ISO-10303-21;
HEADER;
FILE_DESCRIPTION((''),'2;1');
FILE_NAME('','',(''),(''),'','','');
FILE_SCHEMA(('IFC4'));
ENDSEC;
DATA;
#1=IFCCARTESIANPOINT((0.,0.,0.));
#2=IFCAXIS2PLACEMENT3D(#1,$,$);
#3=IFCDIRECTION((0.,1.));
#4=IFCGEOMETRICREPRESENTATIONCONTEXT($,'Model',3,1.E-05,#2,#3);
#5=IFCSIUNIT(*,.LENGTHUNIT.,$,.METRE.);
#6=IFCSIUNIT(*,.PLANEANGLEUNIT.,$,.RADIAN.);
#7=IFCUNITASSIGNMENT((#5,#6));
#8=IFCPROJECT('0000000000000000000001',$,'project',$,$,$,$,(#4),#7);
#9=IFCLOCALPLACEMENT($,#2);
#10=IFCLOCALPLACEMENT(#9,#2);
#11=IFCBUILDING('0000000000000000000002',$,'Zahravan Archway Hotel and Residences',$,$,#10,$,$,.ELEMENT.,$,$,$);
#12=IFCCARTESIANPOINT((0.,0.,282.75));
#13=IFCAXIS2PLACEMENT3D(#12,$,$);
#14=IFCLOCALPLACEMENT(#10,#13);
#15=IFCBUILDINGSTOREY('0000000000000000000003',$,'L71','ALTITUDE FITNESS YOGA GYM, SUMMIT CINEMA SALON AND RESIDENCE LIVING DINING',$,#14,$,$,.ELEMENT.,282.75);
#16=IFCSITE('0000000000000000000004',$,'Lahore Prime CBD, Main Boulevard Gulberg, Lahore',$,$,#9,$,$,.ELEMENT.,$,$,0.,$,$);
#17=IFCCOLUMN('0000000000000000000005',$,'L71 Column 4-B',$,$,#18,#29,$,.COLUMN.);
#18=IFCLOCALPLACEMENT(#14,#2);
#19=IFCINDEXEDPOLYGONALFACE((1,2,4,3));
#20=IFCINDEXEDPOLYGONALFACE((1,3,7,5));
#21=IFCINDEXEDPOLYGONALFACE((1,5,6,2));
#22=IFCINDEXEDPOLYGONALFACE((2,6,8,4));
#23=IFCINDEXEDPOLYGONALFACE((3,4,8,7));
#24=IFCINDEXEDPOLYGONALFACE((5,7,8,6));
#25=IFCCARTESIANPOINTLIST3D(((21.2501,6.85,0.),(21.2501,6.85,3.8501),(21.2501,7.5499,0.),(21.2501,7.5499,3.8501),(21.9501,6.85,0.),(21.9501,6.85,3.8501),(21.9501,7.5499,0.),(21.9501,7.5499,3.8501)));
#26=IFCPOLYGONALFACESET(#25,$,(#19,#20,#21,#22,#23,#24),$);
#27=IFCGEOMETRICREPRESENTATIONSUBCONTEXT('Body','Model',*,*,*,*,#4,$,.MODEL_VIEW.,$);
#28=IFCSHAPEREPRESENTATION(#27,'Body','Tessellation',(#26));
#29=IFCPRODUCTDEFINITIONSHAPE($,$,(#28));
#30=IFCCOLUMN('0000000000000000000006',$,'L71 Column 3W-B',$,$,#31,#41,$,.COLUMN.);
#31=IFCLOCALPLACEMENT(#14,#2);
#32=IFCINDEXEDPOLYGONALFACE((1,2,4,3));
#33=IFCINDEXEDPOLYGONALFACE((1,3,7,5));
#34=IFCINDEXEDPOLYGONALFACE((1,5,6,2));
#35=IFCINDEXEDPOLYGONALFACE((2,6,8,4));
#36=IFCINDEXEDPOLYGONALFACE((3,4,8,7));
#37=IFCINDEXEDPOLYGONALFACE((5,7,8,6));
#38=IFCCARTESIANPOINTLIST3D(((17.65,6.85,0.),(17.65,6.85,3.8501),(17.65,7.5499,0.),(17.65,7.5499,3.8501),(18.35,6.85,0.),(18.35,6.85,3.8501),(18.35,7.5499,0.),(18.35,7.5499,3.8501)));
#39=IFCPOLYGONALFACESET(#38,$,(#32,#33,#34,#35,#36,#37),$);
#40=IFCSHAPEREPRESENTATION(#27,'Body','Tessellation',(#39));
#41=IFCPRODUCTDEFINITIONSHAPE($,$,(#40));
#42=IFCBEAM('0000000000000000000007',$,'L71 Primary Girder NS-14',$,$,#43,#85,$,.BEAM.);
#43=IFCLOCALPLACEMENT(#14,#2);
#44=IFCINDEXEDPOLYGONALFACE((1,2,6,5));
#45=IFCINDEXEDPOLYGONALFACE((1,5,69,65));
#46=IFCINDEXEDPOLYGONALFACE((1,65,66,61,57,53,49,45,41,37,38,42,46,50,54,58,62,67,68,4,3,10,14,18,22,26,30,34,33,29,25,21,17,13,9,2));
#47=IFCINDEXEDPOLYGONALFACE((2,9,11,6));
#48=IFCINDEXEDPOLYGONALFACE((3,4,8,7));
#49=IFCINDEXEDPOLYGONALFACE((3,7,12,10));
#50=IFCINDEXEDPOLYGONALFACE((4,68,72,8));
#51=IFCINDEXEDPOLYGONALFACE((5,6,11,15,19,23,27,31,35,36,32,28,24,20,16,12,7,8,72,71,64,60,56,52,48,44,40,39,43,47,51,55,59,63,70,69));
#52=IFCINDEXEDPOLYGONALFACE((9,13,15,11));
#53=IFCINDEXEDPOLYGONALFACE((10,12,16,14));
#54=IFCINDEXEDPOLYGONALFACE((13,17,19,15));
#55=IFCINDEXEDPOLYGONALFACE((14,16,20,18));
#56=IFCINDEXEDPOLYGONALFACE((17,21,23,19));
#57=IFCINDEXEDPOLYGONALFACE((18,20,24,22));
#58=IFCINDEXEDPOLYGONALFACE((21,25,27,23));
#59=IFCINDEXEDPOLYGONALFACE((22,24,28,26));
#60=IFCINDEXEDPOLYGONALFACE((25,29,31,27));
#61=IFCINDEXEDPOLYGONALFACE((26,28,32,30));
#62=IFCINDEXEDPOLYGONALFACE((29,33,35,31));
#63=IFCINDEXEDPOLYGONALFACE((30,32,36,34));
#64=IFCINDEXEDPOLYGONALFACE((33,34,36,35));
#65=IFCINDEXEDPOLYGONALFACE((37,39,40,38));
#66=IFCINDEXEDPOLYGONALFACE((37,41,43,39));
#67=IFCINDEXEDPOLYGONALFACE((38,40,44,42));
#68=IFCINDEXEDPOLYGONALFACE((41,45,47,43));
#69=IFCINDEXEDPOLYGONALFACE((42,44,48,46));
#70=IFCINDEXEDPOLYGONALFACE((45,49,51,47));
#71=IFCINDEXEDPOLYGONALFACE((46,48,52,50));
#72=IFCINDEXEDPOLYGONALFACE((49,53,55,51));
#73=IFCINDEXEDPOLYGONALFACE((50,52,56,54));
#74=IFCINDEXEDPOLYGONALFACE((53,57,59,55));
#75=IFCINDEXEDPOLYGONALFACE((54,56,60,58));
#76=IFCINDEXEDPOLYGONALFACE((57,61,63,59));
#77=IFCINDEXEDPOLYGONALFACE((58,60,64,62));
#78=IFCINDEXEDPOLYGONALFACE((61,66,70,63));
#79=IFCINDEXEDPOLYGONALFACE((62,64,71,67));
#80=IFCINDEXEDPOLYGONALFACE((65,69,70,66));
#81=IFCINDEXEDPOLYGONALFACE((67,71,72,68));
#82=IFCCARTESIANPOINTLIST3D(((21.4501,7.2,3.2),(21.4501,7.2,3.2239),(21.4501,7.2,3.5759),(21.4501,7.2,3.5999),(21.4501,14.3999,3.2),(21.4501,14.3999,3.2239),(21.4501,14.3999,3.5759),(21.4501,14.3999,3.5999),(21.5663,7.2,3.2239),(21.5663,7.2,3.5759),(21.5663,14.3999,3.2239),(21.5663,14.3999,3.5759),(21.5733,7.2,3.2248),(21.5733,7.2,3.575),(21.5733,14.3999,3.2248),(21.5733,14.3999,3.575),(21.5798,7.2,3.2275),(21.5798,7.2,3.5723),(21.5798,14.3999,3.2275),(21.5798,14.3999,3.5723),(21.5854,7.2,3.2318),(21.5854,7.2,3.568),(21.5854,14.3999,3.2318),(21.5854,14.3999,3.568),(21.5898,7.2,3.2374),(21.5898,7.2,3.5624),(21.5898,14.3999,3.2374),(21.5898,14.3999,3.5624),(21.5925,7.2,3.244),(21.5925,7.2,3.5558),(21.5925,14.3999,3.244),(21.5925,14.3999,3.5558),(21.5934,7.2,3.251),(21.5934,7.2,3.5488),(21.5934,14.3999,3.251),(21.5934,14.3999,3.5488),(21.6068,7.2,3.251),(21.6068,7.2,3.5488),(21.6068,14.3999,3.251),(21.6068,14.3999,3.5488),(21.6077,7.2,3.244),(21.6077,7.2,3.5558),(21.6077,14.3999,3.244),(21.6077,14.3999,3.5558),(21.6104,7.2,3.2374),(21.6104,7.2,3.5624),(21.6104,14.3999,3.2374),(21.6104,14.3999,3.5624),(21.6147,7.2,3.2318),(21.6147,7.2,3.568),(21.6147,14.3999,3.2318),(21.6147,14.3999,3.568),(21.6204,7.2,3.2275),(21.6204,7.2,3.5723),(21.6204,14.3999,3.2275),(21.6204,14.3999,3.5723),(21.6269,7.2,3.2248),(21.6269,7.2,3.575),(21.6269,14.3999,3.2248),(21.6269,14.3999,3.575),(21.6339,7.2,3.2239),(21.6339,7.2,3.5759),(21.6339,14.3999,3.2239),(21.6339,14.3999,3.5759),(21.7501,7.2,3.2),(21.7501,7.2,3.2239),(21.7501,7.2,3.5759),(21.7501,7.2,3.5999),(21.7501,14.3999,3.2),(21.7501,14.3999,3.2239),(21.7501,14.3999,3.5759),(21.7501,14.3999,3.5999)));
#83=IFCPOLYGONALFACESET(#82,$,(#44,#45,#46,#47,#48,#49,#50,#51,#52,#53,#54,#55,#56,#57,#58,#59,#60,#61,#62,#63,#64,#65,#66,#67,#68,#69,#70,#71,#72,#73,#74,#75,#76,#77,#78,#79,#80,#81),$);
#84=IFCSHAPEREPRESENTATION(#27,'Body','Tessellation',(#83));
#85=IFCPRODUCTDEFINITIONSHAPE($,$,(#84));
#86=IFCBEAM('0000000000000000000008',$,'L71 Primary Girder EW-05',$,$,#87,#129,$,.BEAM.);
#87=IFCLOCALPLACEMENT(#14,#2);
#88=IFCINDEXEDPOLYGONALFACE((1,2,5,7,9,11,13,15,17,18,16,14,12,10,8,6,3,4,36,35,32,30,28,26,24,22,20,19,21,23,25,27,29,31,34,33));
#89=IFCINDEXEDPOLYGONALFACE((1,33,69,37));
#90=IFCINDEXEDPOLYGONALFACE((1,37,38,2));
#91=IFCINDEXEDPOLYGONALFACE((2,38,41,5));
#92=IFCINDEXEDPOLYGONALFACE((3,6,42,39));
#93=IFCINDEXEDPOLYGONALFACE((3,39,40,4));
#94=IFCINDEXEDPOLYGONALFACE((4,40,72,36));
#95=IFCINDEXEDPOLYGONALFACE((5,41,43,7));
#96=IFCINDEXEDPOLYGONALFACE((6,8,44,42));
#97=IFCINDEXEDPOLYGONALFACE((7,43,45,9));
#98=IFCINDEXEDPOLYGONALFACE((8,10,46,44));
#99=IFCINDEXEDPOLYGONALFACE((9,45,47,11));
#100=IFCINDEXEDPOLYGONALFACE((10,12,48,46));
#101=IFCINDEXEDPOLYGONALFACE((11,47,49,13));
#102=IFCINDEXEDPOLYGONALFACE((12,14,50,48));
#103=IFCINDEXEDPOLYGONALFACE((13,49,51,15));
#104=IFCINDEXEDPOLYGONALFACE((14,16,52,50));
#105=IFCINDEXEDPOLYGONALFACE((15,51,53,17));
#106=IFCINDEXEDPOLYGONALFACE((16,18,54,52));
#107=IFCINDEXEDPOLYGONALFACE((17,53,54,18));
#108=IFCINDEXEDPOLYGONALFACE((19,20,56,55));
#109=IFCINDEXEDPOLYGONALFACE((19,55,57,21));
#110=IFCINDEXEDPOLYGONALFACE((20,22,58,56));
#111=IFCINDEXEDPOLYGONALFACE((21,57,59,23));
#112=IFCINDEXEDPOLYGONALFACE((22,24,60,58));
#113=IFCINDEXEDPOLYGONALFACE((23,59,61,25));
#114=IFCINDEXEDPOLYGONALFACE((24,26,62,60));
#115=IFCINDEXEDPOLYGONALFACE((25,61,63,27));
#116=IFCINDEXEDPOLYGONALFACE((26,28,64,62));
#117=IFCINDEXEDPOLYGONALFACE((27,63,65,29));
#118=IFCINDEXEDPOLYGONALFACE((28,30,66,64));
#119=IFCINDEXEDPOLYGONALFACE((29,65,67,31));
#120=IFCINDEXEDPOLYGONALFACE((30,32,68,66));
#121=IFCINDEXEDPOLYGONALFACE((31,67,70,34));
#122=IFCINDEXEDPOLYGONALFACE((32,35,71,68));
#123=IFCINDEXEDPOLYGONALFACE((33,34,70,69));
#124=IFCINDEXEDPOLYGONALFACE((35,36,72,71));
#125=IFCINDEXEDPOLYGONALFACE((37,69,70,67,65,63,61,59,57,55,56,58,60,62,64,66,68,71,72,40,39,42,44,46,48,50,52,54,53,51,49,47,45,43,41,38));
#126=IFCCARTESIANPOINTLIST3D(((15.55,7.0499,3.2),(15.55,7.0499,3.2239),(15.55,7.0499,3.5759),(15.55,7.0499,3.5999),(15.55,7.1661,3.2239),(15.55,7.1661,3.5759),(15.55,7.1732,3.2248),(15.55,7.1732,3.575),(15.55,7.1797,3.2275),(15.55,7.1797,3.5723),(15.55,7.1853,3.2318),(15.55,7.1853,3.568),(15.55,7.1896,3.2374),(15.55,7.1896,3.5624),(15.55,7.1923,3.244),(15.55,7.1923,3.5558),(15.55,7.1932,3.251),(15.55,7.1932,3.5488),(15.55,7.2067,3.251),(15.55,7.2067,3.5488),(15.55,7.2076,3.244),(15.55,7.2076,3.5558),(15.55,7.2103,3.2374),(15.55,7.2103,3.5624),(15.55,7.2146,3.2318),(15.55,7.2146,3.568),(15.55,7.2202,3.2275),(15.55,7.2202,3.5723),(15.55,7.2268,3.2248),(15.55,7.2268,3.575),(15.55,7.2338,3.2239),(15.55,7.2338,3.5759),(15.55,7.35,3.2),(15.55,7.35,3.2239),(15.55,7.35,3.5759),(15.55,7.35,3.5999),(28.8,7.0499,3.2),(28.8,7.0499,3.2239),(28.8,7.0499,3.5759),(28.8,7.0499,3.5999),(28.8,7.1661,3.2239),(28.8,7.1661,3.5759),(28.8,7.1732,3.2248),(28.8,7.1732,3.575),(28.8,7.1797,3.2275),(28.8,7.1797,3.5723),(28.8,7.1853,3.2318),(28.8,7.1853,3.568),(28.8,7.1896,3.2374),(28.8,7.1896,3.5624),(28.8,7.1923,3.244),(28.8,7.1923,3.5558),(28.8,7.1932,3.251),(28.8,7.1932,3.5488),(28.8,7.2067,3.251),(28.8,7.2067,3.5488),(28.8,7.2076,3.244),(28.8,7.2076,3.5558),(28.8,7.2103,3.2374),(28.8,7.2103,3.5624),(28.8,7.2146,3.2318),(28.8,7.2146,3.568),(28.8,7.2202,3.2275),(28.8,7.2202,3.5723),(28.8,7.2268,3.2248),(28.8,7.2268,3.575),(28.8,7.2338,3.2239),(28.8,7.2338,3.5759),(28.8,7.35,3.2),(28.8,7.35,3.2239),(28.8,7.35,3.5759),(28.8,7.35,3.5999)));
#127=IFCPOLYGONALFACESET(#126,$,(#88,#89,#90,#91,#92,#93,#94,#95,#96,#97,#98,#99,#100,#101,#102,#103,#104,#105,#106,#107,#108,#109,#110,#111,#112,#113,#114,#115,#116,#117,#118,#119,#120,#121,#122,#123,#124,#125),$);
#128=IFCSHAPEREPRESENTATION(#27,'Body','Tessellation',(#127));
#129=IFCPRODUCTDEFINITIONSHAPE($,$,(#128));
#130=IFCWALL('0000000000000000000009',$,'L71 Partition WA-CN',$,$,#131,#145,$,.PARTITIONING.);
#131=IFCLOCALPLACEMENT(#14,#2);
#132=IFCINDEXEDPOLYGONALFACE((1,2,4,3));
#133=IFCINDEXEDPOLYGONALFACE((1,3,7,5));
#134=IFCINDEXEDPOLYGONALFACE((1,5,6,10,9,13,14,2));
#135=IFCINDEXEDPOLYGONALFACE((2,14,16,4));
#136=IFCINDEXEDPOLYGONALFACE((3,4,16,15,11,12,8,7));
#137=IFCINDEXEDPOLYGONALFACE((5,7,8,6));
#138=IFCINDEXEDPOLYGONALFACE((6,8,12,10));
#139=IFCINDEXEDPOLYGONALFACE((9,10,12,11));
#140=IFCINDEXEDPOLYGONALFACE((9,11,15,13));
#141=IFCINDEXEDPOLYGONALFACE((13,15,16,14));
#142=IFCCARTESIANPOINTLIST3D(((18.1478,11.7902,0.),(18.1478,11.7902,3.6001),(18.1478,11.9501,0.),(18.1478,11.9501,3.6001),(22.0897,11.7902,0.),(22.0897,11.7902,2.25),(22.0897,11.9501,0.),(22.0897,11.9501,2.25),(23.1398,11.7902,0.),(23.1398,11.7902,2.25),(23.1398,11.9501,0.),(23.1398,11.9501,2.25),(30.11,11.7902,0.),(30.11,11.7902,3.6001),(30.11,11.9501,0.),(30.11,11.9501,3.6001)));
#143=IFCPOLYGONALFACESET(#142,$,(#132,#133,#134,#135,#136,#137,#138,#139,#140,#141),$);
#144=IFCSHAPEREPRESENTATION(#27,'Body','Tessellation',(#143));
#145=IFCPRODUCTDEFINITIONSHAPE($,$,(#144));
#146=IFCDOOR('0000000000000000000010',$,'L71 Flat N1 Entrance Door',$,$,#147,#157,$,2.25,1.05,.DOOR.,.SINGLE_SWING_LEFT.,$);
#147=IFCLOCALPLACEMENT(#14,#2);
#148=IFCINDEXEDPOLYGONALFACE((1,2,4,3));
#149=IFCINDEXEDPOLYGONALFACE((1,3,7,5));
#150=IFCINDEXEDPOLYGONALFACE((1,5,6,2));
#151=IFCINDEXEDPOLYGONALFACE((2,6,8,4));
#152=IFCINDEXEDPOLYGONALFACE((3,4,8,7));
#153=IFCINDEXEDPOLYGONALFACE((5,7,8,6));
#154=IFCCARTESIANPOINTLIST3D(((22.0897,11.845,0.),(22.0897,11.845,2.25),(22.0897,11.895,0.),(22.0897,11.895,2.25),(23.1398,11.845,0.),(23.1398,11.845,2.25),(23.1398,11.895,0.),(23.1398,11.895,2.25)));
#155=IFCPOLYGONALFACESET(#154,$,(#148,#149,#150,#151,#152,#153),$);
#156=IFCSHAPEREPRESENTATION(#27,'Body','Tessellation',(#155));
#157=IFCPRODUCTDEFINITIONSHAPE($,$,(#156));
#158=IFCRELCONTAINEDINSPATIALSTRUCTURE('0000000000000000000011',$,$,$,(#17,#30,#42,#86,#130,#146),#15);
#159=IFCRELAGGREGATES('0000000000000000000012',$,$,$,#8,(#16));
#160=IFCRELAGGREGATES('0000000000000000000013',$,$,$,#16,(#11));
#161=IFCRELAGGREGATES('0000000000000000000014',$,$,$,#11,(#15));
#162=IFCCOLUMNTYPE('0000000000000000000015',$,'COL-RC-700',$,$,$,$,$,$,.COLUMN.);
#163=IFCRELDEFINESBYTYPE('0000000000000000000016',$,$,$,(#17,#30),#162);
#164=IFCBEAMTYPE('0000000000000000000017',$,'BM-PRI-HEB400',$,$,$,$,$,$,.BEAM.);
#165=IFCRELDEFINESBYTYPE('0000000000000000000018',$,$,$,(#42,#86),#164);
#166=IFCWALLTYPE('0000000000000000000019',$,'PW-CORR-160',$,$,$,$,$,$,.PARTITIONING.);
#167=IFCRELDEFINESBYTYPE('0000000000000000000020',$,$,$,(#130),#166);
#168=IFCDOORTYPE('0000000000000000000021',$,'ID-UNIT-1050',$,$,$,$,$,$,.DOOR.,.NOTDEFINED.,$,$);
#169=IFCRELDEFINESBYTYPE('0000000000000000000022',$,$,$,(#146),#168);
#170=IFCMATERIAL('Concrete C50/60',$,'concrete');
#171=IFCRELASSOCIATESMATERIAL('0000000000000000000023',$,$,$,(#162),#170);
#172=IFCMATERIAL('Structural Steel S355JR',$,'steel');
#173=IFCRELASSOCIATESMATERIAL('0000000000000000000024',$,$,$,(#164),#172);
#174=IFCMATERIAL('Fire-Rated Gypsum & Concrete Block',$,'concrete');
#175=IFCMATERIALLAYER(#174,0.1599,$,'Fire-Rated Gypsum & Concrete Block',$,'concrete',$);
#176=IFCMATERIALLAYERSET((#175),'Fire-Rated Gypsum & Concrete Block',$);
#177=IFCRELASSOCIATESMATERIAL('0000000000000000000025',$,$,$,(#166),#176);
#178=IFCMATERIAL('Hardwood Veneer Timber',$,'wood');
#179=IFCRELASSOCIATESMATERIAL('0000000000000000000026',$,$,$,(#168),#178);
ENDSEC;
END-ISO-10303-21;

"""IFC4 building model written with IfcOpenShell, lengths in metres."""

from ifc_helpers import new_model, si_unit, direction, frame, frame_2d, origin, origin_2d, place, context, subcontext, project, spatial, rectangle, i_section, extrude, source, transform, mapped, material, layer, layer_set, material_profile, profile_set, type_object, type_shapes, element, fill, save


model = new_model("IFC4")

# Units and contexts
model_context = context("Model", 3, precision=1e-05, world=origin(), true_north=direction((0.0, 1.0)))
body_context = subcontext(model_context, "Body", "Model", "MODEL_VIEW")
ifc_project = project(units=[si_unit("LENGTHUNIT", "METRE"), si_unit("PLANEANGLEUNIT", "RADIAN")], contexts=[model_context])

# Site, building, storey
site_placement = place(None, origin())
site = spatial("IfcSite", under=ifc_project, at=site_placement, Name="Lahore Prime CBD, Main Boulevard Gulberg, Lahore", CompositionType="ELEMENT", RefElevation=0.0)
building_placement = place(site_placement, origin())
building = spatial("IfcBuilding", under=site, at=building_placement, Name="Zahravan Archway Hotel and Residences", CompositionType="ELEMENT")
storey_placement = place(building_placement, frame((0.0, 0.0, 282.75)))
storey = spatial("IfcBuildingStorey", under=building, at=storey_placement, Name="L71", Description="ALTITUDE FITNESS YOGA GYM, SUMMIT CINEMA SALON AND RESIDENCE LIVING DINING", CompositionType="ELEMENT", Elevation=282.75)

# Columns
ifc_material_1 = material(Name="Concrete C50/60", Category="concrete")
ifc_material_profile_1 = material_profile(ifc_material_1, rectangle(XDim=0.7, YDim=0.7, at=origin_2d()), Name="RC-COL-700x700", Category="concrete")
ifc_profile_set_1 = profile_set([ifc_material_profile_1], Name="Concrete C50/60")
column_type = type_object("IfcColumnType", Name="COL-RC-700", PredefinedType="COLUMN", material=ifc_profile_set_1)
shared_shape_1 = source(origin(), body_context, "Body", "SweptSolid", [
    extrude(rectangle(XDim=0.7, YDim=0.7, at=origin_2d()), origin(), (0.0, 0.0, 1.0), 3.8501),
])
for number, where, z_axis, x_axis, name in (
    (1, (21.6001, 7.2, 0.0), (0.0, 0.0, 1.0), (1.0, 0.0, 0.0), "L71 Column 4-B"),
    (2, (18.0, 7.2, 0.0), (0.0, 0.0, 1.0), (1.0, 0.0, 0.0), "L71 Column 3W-B"),
):
    element("IfcColumn", number, at=place(storey_placement, frame(where, z_axis=z_axis, x_axis=x_axis)), inside=storey, type_object=column_type, Name=name, PredefinedType="COLUMN", context=body_context, shape_type="MappedRepresentation", body=[
        mapped(shared_shape_1, transform((0.0, 0.0, 0.0), scale=1.0)),
    ])

# Beams
ifc_material_2 = material(Name="Structural Steel S355JR", Category="steel")
ifc_material_profile_2 = material_profile(ifc_material_2, i_section(OverallWidth=0.3, OverallDepth=0.3999, WebThickness=0.0134, FlangeThickness=0.0239, FilletRadius=0.0271, at=origin_2d()), Name="HEB 400", Category="steel")
ifc_profile_set_2 = profile_set([ifc_material_profile_2], Name="Structural Steel S355JR")
beam_type = type_object("IfcBeamType", Name="BM-PRI-HEB400", PredefinedType="BEAM", material=ifc_profile_set_2)
shared_shape_2 = source(origin(), body_context, "Body", "SweptSolid", [
    extrude(i_section(OverallWidth=0.3, OverallDepth=0.3999, WebThickness=0.0134, FlangeThickness=0.0239, FilletRadius=0.0271, at=origin_2d()), origin(), (0.0, 0.0, 1.0), 7.2),
])
type_shapes(beam_type, [shared_shape_2])
beam_1_placement = place(storey_placement, frame((21.6001, 7.2, 3.3999), z_axis=(0.0, 1.0, 0.0), x_axis=(-1.0, 0.0, 0.0)))
element("IfcBeam", 3, at=beam_1_placement, inside=storey, type_object=beam_type, Name="L71 Primary Girder NS-14", PredefinedType="BEAM", context=body_context, shape_type="MappedRepresentation", body=[
    mapped(shared_shape_2, transform((0.0, 0.0, 0.0), scale=1.0)),
])
shared_shape_3 = source(origin(), body_context, "Body", "SweptSolid", [
    extrude(i_section(OverallWidth=0.3, OverallDepth=0.3999, WebThickness=0.0134, FlangeThickness=0.0239, FilletRadius=0.0271, at=origin_2d()), origin(), (0.0, 0.0, 1.0), 13.25),
])
beam_2_placement = place(storey_placement, frame((15.55, 7.2, 3.3999), z_axis=(1.0, 0.0, 0.0), x_axis=(0.0, 1.0, 0.0)))
element("IfcBeam", 4, at=beam_2_placement, inside=storey, type_object=beam_type, Name="L71 Primary Girder EW-05", PredefinedType="BEAM", context=body_context, shape_type="MappedRepresentation", body=[
    mapped(shared_shape_3, transform((0.0, 0.0, 0.0), scale=1.0)),
])

# Wall, opening, door
ifc_material_3 = material(Name="Fire-Rated Gypsum & Concrete Block", Category="concrete")
ifc_layer_1 = layer(ifc_material_3, 0.1599, Name="Fire-Rated Gypsum & Concrete Block", Category="concrete")
ifc_layer_set_1 = layer_set([ifc_layer_1], Name="Fire-Rated Gypsum & Concrete Block")
wall_type_1 = type_object("IfcWallType", Name="PW-CORR-160", PredefinedType="PARTITIONING", material=ifc_layer_set_1)
wall_1_placement = place(storey_placement, frame((18.1479, 11.8701, 0.0), z_axis=(0.0, 0.0, 1.0), x_axis=(1.0, 0.0, 0.0)))
wall_1 = element("IfcWall", 5, at=wall_1_placement, inside=storey, type_object=wall_type_1, Name="L71 Partition WA-CN", PredefinedType="PARTITIONING", context=body_context, shape_type="SweptSolid", body=[
    extrude(rectangle(XDim=11.9622, YDim=0.1599, at=frame_2d((5.981, 0.0))), origin(), (0.0, 0.0, 1.0), 3.6001),
])
opening_1_placement = place(wall_1_placement, frame((3.9419, 0.0, 0.0)))
opening_1 = element("IfcOpeningElement", 6, at=opening_1_placement, cuts=wall_1, PredefinedType="OPENING", context=body_context, shape_type="SweptSolid", body=[
    extrude(rectangle(XDim=1.05, YDim=2.25, at=frame_2d((0.5249, 1.125))), frame((0.0, 0.0898, 0.0), z_axis=(0.0, -1.0, 0.0), x_axis=(1.0, 0.0, 0.0)), (0.0, 0.0, 1.0), 0.1799),
])
ifc_material_4 = material(Name="Hardwood Veneer Timber", Category="wood")
door_type_1 = type_object("IfcDoorType", Name="ID-UNIT-1050", OperationType="NOTDEFINED", PredefinedType="DOOR", material=ifc_material_4)
shared_shape_4 = source(origin(), body_context, "Body", "SweptSolid", [
    extrude(rectangle(XDim=1.05, YDim=2.25, at=frame_2d((0.5249, 1.125))), frame((0.0, 0.0249, 0.0), z_axis=(0.0, -1.0, 0.0), x_axis=(1.0, 0.0, 0.0)), (0.0, 0.0, 1.0), 0.05),
])
type_shapes(door_type_1, [shared_shape_4])
door_1_placement = place(opening_1_placement, origin())
door_1 = element("IfcDoor", 7, at=door_1_placement, inside=storey, type_object=door_type_1, Name="L71 Flat N1 Entrance Door", OperationType="SINGLE_SWING_LEFT", OverallHeight=2.25, OverallWidth=1.05, PredefinedType="DOOR", context=body_context, shape_type="MappedRepresentation", body=[
    mapped(shared_shape_4, transform((0.0, 0.0, 0.0), scale=1.0)),
])
fill(opening_1, door_1)

save(model, "model.ifc")
